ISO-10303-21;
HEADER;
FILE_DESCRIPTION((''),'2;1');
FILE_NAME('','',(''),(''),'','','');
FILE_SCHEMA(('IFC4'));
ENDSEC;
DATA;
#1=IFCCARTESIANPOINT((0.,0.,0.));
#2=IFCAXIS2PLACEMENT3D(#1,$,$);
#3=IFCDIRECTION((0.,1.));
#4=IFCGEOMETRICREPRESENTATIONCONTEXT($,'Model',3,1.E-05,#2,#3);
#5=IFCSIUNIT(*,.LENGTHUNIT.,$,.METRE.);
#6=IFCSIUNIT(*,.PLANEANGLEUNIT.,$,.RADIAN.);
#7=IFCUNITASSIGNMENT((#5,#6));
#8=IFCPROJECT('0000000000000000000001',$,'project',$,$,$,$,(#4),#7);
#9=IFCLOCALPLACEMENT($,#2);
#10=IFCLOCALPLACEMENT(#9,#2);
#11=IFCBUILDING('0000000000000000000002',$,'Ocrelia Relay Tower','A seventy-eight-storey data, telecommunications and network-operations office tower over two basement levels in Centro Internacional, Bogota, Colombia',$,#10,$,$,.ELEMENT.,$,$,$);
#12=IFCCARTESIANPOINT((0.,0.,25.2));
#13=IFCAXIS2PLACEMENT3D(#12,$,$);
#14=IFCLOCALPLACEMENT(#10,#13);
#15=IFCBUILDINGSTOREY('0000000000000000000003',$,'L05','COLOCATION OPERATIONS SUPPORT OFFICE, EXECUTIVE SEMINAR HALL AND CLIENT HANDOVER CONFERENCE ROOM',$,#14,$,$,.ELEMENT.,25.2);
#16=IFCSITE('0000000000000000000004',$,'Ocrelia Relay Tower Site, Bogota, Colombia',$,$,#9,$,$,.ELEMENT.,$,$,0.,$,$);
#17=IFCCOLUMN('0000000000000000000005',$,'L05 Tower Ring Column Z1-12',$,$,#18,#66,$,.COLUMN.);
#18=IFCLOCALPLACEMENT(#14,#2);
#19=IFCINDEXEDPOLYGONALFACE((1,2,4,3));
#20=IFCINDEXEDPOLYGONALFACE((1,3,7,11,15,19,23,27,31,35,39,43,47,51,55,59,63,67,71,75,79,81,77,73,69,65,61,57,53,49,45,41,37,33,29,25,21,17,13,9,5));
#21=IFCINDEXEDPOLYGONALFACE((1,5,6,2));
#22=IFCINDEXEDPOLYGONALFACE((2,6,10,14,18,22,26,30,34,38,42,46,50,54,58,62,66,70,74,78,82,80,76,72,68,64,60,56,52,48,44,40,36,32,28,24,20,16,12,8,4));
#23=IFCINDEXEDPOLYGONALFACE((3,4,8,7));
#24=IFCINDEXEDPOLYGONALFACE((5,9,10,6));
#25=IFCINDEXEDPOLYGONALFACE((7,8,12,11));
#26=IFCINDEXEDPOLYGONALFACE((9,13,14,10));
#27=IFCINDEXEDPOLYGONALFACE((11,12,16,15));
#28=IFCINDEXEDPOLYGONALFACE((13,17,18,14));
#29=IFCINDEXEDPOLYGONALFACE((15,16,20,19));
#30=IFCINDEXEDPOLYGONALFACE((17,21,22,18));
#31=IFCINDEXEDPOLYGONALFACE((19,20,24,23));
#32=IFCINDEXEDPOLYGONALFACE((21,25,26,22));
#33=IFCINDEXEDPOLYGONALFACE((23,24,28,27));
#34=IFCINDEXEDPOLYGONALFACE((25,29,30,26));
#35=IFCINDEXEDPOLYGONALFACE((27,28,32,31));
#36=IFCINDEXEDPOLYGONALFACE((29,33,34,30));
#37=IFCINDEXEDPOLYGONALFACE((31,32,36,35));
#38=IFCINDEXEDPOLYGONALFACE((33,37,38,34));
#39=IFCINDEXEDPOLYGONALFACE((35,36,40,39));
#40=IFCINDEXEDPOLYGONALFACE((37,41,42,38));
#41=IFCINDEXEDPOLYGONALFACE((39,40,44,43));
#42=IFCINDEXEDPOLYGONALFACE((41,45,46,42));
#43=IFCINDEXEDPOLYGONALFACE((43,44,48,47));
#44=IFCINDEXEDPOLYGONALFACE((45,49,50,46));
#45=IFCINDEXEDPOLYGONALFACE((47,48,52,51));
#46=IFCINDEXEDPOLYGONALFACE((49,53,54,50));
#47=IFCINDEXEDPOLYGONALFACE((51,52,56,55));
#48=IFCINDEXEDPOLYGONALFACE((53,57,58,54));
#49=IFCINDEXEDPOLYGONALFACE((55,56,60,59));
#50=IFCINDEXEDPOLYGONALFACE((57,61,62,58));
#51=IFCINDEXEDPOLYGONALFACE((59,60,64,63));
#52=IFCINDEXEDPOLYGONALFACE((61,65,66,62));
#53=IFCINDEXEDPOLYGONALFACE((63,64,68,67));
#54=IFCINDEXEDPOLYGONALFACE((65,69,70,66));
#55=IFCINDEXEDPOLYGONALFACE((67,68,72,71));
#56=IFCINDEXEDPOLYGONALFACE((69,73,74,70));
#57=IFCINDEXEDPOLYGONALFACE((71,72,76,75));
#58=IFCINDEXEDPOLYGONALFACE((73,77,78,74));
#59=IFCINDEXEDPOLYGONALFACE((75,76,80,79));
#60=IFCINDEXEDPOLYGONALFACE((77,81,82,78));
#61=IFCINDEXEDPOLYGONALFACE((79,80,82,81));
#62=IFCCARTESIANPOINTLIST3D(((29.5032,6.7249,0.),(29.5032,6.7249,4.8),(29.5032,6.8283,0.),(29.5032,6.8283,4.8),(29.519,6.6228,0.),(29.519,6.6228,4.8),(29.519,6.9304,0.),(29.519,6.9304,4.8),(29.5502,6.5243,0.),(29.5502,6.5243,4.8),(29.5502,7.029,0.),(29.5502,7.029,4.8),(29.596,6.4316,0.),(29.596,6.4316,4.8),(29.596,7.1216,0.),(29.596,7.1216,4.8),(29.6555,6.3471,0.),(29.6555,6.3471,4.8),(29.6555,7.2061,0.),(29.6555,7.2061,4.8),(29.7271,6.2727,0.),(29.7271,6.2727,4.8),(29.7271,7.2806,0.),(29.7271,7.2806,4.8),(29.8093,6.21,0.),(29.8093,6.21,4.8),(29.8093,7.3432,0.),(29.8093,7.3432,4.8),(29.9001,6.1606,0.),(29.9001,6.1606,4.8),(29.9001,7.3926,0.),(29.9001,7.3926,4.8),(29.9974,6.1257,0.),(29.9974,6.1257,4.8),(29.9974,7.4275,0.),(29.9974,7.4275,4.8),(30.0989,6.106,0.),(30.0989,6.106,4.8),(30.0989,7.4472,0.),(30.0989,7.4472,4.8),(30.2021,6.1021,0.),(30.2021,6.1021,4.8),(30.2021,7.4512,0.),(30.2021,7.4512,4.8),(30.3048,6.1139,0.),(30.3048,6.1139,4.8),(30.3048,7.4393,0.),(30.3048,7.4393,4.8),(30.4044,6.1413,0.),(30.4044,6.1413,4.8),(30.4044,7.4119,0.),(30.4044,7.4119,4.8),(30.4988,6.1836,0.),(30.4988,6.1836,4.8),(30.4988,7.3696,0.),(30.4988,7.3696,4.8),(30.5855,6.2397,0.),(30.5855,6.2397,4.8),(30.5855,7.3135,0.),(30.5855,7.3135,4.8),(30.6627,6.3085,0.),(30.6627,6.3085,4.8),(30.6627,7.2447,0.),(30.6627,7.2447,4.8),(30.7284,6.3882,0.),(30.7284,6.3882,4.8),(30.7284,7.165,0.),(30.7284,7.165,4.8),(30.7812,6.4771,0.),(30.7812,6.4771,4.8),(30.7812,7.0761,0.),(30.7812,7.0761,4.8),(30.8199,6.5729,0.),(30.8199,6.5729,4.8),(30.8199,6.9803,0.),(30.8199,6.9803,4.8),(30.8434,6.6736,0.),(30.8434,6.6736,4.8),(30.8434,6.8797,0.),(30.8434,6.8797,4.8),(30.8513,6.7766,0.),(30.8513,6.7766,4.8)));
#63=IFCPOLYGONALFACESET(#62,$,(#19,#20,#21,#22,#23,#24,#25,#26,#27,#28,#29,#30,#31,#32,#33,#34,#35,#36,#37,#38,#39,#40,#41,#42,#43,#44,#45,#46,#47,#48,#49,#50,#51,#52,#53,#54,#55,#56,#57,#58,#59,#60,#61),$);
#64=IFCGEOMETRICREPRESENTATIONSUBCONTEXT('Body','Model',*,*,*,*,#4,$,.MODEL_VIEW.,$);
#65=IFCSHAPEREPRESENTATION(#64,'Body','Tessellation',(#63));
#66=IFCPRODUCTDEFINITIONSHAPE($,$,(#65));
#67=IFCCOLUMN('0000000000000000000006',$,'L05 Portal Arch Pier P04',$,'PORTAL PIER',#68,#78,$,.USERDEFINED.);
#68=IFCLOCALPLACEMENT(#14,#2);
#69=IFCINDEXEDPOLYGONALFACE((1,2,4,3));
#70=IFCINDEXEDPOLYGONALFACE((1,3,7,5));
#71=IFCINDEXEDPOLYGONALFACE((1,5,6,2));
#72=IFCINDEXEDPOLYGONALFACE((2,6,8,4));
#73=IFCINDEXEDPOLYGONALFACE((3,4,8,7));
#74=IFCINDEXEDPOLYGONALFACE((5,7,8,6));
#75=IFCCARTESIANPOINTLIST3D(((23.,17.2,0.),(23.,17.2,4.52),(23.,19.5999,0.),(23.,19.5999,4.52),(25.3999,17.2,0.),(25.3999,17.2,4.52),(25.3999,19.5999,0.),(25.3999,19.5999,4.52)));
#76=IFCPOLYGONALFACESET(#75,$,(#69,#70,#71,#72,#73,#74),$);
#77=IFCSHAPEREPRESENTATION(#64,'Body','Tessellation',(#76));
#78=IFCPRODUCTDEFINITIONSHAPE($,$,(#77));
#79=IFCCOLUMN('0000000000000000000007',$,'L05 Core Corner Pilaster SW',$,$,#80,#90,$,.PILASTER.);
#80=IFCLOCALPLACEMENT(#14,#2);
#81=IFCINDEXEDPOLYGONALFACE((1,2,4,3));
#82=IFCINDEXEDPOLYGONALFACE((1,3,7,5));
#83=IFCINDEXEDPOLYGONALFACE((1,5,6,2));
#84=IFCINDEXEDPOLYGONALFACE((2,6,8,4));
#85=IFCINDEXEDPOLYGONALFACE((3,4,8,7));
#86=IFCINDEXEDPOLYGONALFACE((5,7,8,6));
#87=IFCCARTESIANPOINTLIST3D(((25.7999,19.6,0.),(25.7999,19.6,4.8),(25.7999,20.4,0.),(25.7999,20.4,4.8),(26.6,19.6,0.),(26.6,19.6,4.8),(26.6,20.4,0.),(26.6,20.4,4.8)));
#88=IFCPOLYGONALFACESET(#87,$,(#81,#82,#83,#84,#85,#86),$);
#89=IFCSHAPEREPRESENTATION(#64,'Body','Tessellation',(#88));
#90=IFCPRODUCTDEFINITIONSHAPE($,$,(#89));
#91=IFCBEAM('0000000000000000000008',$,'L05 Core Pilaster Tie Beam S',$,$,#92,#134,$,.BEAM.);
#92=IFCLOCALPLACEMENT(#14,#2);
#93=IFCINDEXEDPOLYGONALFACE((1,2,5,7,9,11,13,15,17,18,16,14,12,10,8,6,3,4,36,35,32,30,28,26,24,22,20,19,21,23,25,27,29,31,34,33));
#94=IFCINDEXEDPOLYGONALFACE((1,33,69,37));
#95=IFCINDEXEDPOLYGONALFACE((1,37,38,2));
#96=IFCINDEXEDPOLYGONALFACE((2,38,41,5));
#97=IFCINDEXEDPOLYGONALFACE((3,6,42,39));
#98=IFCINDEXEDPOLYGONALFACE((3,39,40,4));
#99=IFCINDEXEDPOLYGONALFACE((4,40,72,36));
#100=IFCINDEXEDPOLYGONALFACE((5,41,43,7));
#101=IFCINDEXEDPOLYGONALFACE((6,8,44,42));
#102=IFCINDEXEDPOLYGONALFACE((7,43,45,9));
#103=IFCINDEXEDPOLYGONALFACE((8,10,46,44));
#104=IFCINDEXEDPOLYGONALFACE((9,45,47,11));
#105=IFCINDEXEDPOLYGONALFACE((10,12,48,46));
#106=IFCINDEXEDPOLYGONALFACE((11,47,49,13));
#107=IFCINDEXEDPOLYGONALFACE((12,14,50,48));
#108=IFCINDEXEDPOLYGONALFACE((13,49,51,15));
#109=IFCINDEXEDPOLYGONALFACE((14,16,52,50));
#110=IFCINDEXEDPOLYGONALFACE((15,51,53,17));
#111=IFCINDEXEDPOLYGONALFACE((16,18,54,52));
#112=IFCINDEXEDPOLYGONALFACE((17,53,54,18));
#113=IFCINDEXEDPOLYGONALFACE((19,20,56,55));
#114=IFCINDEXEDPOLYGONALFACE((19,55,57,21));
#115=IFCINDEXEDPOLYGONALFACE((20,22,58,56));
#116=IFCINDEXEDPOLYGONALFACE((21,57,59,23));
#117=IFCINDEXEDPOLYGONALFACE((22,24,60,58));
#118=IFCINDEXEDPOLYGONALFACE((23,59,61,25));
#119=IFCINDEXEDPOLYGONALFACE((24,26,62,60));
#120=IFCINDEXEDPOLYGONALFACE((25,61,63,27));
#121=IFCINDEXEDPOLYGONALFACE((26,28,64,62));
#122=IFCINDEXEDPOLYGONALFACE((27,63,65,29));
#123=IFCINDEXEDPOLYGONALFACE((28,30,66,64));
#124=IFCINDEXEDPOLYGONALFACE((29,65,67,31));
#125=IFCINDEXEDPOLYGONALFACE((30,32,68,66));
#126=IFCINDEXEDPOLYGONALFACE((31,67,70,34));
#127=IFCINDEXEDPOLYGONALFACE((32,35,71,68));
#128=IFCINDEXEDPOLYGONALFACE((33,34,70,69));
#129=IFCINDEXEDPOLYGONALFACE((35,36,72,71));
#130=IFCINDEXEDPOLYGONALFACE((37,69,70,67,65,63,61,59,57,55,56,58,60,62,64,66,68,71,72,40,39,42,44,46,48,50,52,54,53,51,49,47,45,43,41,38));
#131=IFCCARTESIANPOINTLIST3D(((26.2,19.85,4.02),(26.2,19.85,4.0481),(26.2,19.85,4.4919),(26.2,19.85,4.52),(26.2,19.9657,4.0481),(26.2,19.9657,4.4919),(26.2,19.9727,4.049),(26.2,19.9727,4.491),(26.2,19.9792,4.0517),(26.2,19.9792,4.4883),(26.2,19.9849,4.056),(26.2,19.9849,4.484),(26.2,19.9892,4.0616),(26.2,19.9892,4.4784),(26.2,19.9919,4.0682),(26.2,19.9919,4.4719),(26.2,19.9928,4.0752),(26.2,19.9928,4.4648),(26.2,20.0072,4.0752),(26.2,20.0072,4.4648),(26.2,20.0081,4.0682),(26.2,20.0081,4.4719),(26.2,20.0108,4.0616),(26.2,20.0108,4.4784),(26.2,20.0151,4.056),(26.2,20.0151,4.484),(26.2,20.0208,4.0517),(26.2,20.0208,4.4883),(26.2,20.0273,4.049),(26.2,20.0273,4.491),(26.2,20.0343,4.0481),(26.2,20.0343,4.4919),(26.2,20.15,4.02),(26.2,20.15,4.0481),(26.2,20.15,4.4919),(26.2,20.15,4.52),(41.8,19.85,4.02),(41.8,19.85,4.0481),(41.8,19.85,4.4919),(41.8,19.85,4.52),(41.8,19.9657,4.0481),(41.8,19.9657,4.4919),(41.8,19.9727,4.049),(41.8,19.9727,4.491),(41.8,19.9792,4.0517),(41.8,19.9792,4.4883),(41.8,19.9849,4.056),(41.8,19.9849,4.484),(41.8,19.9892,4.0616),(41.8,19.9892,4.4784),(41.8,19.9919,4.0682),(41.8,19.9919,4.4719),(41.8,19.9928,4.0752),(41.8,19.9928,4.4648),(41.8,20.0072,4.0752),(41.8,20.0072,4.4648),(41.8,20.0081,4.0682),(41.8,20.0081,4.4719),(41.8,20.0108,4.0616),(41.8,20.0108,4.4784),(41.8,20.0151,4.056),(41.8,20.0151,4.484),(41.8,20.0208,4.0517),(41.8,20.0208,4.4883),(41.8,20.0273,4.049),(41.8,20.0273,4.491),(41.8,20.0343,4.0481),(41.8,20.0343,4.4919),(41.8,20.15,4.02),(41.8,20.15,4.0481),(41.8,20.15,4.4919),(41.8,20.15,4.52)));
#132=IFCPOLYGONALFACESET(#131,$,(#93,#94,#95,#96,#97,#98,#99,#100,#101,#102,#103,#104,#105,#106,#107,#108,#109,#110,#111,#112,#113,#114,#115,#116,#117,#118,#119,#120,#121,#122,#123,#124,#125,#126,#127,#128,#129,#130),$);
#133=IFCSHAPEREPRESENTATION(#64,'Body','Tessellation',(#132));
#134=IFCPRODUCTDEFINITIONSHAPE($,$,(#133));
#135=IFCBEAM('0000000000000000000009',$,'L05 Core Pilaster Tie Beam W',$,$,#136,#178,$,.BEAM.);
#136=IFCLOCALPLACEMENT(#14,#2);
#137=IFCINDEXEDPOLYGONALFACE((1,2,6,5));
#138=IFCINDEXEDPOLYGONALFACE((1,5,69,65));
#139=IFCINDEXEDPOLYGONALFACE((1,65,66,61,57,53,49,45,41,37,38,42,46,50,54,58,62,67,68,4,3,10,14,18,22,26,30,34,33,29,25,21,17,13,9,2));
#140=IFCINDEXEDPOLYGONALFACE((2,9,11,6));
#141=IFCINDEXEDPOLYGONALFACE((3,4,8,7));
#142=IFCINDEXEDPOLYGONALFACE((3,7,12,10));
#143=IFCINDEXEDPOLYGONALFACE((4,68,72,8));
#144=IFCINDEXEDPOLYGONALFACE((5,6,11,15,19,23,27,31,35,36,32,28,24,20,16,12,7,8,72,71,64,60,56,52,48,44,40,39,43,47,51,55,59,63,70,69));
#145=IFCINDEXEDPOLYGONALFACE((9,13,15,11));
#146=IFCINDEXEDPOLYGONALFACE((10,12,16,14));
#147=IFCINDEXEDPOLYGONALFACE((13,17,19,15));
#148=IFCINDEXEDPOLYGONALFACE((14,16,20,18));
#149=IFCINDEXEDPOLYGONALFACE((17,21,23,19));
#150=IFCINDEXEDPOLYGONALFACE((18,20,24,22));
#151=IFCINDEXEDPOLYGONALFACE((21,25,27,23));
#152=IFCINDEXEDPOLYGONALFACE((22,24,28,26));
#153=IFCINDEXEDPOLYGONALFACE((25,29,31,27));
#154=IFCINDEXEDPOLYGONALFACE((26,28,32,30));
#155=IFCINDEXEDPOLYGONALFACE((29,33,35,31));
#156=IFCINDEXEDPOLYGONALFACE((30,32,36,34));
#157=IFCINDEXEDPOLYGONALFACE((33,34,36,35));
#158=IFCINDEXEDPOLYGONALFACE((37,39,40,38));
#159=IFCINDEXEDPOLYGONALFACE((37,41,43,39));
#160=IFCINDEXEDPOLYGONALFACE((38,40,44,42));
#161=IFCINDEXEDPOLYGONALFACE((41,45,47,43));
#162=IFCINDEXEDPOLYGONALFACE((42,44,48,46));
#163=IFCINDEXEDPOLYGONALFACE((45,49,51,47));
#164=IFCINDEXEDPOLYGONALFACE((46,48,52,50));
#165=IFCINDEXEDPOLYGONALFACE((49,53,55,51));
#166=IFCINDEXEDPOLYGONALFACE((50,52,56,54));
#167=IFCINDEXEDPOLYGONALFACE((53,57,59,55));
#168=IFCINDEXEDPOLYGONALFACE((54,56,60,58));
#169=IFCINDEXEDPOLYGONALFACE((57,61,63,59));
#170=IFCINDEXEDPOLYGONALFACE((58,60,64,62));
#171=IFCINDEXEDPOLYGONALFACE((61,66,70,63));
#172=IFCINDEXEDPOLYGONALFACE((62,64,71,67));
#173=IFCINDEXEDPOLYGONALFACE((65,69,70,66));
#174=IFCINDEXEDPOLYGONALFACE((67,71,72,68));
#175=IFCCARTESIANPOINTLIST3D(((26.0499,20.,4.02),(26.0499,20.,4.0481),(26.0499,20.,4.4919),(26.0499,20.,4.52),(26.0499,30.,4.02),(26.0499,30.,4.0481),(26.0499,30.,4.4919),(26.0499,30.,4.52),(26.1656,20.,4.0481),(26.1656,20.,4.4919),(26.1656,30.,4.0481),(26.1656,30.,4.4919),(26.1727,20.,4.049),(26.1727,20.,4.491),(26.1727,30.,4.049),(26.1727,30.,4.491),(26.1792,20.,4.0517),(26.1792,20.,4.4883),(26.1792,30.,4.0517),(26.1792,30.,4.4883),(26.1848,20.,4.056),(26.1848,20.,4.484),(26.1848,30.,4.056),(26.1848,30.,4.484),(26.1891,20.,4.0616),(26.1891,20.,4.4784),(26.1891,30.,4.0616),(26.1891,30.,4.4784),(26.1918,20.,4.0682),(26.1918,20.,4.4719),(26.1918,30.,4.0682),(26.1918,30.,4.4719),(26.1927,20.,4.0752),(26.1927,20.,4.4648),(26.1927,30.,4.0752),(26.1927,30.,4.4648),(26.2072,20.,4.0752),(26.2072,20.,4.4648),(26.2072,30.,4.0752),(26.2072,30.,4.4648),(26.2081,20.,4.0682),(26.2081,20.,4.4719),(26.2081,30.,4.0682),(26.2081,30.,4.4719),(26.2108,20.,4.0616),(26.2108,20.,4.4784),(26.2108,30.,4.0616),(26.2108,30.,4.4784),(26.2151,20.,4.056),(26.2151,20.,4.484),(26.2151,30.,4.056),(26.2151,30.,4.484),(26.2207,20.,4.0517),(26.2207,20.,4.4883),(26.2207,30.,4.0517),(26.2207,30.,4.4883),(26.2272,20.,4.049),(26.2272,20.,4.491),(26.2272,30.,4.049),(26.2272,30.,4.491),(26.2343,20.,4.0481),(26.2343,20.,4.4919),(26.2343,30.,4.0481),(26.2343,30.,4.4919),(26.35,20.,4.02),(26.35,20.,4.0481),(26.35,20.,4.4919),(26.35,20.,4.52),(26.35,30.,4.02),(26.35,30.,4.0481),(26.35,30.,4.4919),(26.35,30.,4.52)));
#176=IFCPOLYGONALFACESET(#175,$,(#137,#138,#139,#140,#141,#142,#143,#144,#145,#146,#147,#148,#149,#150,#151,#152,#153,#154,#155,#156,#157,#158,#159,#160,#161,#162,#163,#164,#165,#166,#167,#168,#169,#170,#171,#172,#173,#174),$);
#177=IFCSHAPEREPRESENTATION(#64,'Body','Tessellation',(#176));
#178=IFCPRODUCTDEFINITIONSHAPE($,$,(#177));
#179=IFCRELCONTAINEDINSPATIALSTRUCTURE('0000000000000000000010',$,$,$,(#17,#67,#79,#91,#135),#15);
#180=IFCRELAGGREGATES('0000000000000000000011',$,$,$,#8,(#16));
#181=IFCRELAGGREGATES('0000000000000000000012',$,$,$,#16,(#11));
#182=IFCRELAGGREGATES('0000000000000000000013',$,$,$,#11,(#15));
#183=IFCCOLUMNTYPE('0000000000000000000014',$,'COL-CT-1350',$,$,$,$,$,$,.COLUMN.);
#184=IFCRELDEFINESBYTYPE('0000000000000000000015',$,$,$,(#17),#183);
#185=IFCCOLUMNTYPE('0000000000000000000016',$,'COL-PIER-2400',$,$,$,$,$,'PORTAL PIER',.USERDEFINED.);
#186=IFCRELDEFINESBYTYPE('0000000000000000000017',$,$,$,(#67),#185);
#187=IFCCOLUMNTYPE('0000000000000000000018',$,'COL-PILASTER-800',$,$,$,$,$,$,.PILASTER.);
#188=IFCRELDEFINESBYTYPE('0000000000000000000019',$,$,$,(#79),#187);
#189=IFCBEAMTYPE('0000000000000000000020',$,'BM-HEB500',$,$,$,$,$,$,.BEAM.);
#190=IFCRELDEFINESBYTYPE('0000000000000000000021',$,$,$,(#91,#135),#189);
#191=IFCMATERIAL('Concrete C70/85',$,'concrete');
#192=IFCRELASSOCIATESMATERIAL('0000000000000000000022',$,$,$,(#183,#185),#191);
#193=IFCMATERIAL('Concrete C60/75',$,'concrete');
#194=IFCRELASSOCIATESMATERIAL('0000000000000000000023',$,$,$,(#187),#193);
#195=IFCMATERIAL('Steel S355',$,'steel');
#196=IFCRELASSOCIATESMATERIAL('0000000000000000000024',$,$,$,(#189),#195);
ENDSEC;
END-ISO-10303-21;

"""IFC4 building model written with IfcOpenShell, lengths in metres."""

from ifc_helpers import new_model, si_unit, direction, frame, origin, origin_2d, place, context, subcontext, project, spatial, rectangle, circle, i_section, extrude, material, material_profile, profile_set, type_object, element, save


model = new_model("IFC4")

# Units and contexts
model_context = context("Model", 3, precision=1e-05, world=origin(), true_north=direction((0.0, 1.0)))
body_context = subcontext(model_context, "Body", "Model", "MODEL_VIEW")
ifc_project = project(units=[si_unit("LENGTHUNIT", "METRE"), si_unit("PLANEANGLEUNIT", "RADIAN")], contexts=[model_context])

# Site, building, storey
site_placement = place(None, origin())
site = spatial("IfcSite", under=ifc_project, at=site_placement, Name="Ocrelia Relay Tower Site, Bogota, Colombia", CompositionType="ELEMENT", RefElevation=0.0)
building_placement = place(site_placement, origin())
building = spatial("IfcBuilding", under=site, at=building_placement, Name="Ocrelia Relay Tower", Description="A seventy-eight-storey data, telecommunications and network-operations office tower over two basement levels in Centro Internacional, Bogota, Colombia", CompositionType="ELEMENT")
storey_placement = place(building_placement, frame((0.0, 0.0, 25.2)))
storey = spatial("IfcBuildingStorey", under=building, at=storey_placement, Name="L05", Description="COLOCATION OPERATIONS SUPPORT OFFICE, EXECUTIVE SEMINAR HALL AND CLIENT HANDOVER CONFERENCE ROOM", CompositionType="ELEMENT", Elevation=25.2)

# Columns
ifc_material_1 = material(Name="Concrete C70/85", Category="concrete")
ifc_material_profile_1 = material_profile(ifc_material_1, circle(Radius=0.675, at=origin_2d()), Name="RC-CIR-1350")
ifc_profile_set_1 = profile_set([ifc_material_profile_1], Name="Concrete C70/85")
column_type_1 = type_object("IfcColumnType", Name="COL-CT-1350", PredefinedType="COLUMN", material=ifc_profile_set_1)
column_1_placement = place(storey_placement, frame((30.1763, 6.7766, 0.0), z_axis=(0.0, 0.0, 1.0), x_axis=(1.0, 0.0, 0.0)))
element("IfcColumn", 1, at=column_1_placement, inside=storey, type_object=column_type_1, Name="L05 Tower Ring Column Z1-12", PredefinedType="COLUMN", context=body_context, shape_type="SweptSolid", body=[
    extrude(circle(Radius=0.675, at=origin_2d()), origin(), (0.0, 0.0, 1.0), 4.8),
])
ifc_material_profile_2 = material_profile(ifc_material_1, rectangle(XDim=2.3999, YDim=2.3999, at=origin_2d()), Name="RC-PIER-2400x2400")
ifc_profile_set_2 = profile_set([ifc_material_profile_2], Name="Concrete C70/85")
column_type_2 = type_object("IfcColumnType", Name="COL-PIER-2400", ElementType="PORTAL PIER", PredefinedType="USERDEFINED", material=ifc_profile_set_2)
column_2_placement = place(storey_placement, frame((24.2, 18.3999, 0.0), z_axis=(0.0, 0.0, 1.0), x_axis=(1.0, 0.0, 0.0)))
element("IfcColumn", 2, at=column_2_placement, inside=storey, type_object=column_type_2, Name="L05 Portal Arch Pier P04", ObjectType="PORTAL PIER", PredefinedType="USERDEFINED", context=body_context, shape_type="SweptSolid", body=[
    extrude(rectangle(XDim=2.3999, YDim=2.3999, at=origin_2d()), origin(), (0.0, 0.0, 1.0), 4.52),
])
ifc_material_2 = material(Name="Concrete C60/75", Category="concrete")
ifc_material_profile_3 = material_profile(ifc_material_2, rectangle(XDim=0.8, YDim=0.8, at=origin_2d()), Name="RC-COL-800x800")
ifc_profile_set_3 = profile_set([ifc_material_profile_3], Name="Concrete C60/75")
column_type_3 = type_object("IfcColumnType", Name="COL-PILASTER-800", PredefinedType="PILASTER", material=ifc_profile_set_3)
column_3_placement = place(storey_placement, frame((26.2, 20.0, 0.0), z_axis=(0.0, 0.0, 1.0), x_axis=(1.0, 0.0, 0.0)))
element("IfcColumn", 3, at=column_3_placement, inside=storey, type_object=column_type_3, Name="L05 Core Corner Pilaster SW", PredefinedType="PILASTER", context=body_context, shape_type="SweptSolid", body=[
    extrude(rectangle(XDim=0.8, YDim=0.8, at=origin_2d()), origin(), (0.0, 0.0, 1.0), 4.8),
])

# Beams
ifc_material_3 = material(Name="Steel S355", Category="steel")
ifc_material_profile_4 = material_profile(ifc_material_3, i_section(OverallWidth=0.3, OverallDepth=0.5, WebThickness=0.0144, FlangeThickness=0.0281, FilletRadius=0.0271, at=origin_2d()), Name="HEB 500")
ifc_profile_set_4 = profile_set([ifc_material_profile_4], Name="Steel S355")
beam_type_1 = type_object("IfcBeamType", Name="BM-HEB500", PredefinedType="BEAM", material=ifc_profile_set_4)
beam_1_placement = place(storey_placement, frame((26.2, 20.0, 4.27), z_axis=(1.0, 0.0, 0.0), x_axis=(0.0, 1.0, 0.0)))
element("IfcBeam", 4, at=beam_1_placement, inside=storey, type_object=beam_type_1, Name="L05 Core Pilaster Tie Beam S", PredefinedType="BEAM", context=body_context, shape_type="SweptSolid", body=[
    extrude(i_section(OverallWidth=0.3, OverallDepth=0.5, WebThickness=0.0144, FlangeThickness=0.0281, FilletRadius=0.0271, at=origin_2d()), origin(), (0.0, 0.0, 1.0), 15.6001),
])
beam_2_placement = place(storey_placement, frame((26.2, 20.0, 4.27), z_axis=(0.0, 1.0, 0.0), x_axis=(-1.0, 0.0, 0.0)))
element("IfcBeam", 5, at=beam_2_placement, inside=storey, type_object=beam_type_1, Name="L05 Core Pilaster Tie Beam W", PredefinedType="BEAM", context=body_context, shape_type="SweptSolid", body=[
    extrude(i_section(OverallWidth=0.3, OverallDepth=0.5, WebThickness=0.0144, FlangeThickness=0.0281, FilletRadius=0.0271, at=origin_2d()), origin(), (0.0, 0.0, 1.0), 10.0),
])

save(model, "model.ifc")
